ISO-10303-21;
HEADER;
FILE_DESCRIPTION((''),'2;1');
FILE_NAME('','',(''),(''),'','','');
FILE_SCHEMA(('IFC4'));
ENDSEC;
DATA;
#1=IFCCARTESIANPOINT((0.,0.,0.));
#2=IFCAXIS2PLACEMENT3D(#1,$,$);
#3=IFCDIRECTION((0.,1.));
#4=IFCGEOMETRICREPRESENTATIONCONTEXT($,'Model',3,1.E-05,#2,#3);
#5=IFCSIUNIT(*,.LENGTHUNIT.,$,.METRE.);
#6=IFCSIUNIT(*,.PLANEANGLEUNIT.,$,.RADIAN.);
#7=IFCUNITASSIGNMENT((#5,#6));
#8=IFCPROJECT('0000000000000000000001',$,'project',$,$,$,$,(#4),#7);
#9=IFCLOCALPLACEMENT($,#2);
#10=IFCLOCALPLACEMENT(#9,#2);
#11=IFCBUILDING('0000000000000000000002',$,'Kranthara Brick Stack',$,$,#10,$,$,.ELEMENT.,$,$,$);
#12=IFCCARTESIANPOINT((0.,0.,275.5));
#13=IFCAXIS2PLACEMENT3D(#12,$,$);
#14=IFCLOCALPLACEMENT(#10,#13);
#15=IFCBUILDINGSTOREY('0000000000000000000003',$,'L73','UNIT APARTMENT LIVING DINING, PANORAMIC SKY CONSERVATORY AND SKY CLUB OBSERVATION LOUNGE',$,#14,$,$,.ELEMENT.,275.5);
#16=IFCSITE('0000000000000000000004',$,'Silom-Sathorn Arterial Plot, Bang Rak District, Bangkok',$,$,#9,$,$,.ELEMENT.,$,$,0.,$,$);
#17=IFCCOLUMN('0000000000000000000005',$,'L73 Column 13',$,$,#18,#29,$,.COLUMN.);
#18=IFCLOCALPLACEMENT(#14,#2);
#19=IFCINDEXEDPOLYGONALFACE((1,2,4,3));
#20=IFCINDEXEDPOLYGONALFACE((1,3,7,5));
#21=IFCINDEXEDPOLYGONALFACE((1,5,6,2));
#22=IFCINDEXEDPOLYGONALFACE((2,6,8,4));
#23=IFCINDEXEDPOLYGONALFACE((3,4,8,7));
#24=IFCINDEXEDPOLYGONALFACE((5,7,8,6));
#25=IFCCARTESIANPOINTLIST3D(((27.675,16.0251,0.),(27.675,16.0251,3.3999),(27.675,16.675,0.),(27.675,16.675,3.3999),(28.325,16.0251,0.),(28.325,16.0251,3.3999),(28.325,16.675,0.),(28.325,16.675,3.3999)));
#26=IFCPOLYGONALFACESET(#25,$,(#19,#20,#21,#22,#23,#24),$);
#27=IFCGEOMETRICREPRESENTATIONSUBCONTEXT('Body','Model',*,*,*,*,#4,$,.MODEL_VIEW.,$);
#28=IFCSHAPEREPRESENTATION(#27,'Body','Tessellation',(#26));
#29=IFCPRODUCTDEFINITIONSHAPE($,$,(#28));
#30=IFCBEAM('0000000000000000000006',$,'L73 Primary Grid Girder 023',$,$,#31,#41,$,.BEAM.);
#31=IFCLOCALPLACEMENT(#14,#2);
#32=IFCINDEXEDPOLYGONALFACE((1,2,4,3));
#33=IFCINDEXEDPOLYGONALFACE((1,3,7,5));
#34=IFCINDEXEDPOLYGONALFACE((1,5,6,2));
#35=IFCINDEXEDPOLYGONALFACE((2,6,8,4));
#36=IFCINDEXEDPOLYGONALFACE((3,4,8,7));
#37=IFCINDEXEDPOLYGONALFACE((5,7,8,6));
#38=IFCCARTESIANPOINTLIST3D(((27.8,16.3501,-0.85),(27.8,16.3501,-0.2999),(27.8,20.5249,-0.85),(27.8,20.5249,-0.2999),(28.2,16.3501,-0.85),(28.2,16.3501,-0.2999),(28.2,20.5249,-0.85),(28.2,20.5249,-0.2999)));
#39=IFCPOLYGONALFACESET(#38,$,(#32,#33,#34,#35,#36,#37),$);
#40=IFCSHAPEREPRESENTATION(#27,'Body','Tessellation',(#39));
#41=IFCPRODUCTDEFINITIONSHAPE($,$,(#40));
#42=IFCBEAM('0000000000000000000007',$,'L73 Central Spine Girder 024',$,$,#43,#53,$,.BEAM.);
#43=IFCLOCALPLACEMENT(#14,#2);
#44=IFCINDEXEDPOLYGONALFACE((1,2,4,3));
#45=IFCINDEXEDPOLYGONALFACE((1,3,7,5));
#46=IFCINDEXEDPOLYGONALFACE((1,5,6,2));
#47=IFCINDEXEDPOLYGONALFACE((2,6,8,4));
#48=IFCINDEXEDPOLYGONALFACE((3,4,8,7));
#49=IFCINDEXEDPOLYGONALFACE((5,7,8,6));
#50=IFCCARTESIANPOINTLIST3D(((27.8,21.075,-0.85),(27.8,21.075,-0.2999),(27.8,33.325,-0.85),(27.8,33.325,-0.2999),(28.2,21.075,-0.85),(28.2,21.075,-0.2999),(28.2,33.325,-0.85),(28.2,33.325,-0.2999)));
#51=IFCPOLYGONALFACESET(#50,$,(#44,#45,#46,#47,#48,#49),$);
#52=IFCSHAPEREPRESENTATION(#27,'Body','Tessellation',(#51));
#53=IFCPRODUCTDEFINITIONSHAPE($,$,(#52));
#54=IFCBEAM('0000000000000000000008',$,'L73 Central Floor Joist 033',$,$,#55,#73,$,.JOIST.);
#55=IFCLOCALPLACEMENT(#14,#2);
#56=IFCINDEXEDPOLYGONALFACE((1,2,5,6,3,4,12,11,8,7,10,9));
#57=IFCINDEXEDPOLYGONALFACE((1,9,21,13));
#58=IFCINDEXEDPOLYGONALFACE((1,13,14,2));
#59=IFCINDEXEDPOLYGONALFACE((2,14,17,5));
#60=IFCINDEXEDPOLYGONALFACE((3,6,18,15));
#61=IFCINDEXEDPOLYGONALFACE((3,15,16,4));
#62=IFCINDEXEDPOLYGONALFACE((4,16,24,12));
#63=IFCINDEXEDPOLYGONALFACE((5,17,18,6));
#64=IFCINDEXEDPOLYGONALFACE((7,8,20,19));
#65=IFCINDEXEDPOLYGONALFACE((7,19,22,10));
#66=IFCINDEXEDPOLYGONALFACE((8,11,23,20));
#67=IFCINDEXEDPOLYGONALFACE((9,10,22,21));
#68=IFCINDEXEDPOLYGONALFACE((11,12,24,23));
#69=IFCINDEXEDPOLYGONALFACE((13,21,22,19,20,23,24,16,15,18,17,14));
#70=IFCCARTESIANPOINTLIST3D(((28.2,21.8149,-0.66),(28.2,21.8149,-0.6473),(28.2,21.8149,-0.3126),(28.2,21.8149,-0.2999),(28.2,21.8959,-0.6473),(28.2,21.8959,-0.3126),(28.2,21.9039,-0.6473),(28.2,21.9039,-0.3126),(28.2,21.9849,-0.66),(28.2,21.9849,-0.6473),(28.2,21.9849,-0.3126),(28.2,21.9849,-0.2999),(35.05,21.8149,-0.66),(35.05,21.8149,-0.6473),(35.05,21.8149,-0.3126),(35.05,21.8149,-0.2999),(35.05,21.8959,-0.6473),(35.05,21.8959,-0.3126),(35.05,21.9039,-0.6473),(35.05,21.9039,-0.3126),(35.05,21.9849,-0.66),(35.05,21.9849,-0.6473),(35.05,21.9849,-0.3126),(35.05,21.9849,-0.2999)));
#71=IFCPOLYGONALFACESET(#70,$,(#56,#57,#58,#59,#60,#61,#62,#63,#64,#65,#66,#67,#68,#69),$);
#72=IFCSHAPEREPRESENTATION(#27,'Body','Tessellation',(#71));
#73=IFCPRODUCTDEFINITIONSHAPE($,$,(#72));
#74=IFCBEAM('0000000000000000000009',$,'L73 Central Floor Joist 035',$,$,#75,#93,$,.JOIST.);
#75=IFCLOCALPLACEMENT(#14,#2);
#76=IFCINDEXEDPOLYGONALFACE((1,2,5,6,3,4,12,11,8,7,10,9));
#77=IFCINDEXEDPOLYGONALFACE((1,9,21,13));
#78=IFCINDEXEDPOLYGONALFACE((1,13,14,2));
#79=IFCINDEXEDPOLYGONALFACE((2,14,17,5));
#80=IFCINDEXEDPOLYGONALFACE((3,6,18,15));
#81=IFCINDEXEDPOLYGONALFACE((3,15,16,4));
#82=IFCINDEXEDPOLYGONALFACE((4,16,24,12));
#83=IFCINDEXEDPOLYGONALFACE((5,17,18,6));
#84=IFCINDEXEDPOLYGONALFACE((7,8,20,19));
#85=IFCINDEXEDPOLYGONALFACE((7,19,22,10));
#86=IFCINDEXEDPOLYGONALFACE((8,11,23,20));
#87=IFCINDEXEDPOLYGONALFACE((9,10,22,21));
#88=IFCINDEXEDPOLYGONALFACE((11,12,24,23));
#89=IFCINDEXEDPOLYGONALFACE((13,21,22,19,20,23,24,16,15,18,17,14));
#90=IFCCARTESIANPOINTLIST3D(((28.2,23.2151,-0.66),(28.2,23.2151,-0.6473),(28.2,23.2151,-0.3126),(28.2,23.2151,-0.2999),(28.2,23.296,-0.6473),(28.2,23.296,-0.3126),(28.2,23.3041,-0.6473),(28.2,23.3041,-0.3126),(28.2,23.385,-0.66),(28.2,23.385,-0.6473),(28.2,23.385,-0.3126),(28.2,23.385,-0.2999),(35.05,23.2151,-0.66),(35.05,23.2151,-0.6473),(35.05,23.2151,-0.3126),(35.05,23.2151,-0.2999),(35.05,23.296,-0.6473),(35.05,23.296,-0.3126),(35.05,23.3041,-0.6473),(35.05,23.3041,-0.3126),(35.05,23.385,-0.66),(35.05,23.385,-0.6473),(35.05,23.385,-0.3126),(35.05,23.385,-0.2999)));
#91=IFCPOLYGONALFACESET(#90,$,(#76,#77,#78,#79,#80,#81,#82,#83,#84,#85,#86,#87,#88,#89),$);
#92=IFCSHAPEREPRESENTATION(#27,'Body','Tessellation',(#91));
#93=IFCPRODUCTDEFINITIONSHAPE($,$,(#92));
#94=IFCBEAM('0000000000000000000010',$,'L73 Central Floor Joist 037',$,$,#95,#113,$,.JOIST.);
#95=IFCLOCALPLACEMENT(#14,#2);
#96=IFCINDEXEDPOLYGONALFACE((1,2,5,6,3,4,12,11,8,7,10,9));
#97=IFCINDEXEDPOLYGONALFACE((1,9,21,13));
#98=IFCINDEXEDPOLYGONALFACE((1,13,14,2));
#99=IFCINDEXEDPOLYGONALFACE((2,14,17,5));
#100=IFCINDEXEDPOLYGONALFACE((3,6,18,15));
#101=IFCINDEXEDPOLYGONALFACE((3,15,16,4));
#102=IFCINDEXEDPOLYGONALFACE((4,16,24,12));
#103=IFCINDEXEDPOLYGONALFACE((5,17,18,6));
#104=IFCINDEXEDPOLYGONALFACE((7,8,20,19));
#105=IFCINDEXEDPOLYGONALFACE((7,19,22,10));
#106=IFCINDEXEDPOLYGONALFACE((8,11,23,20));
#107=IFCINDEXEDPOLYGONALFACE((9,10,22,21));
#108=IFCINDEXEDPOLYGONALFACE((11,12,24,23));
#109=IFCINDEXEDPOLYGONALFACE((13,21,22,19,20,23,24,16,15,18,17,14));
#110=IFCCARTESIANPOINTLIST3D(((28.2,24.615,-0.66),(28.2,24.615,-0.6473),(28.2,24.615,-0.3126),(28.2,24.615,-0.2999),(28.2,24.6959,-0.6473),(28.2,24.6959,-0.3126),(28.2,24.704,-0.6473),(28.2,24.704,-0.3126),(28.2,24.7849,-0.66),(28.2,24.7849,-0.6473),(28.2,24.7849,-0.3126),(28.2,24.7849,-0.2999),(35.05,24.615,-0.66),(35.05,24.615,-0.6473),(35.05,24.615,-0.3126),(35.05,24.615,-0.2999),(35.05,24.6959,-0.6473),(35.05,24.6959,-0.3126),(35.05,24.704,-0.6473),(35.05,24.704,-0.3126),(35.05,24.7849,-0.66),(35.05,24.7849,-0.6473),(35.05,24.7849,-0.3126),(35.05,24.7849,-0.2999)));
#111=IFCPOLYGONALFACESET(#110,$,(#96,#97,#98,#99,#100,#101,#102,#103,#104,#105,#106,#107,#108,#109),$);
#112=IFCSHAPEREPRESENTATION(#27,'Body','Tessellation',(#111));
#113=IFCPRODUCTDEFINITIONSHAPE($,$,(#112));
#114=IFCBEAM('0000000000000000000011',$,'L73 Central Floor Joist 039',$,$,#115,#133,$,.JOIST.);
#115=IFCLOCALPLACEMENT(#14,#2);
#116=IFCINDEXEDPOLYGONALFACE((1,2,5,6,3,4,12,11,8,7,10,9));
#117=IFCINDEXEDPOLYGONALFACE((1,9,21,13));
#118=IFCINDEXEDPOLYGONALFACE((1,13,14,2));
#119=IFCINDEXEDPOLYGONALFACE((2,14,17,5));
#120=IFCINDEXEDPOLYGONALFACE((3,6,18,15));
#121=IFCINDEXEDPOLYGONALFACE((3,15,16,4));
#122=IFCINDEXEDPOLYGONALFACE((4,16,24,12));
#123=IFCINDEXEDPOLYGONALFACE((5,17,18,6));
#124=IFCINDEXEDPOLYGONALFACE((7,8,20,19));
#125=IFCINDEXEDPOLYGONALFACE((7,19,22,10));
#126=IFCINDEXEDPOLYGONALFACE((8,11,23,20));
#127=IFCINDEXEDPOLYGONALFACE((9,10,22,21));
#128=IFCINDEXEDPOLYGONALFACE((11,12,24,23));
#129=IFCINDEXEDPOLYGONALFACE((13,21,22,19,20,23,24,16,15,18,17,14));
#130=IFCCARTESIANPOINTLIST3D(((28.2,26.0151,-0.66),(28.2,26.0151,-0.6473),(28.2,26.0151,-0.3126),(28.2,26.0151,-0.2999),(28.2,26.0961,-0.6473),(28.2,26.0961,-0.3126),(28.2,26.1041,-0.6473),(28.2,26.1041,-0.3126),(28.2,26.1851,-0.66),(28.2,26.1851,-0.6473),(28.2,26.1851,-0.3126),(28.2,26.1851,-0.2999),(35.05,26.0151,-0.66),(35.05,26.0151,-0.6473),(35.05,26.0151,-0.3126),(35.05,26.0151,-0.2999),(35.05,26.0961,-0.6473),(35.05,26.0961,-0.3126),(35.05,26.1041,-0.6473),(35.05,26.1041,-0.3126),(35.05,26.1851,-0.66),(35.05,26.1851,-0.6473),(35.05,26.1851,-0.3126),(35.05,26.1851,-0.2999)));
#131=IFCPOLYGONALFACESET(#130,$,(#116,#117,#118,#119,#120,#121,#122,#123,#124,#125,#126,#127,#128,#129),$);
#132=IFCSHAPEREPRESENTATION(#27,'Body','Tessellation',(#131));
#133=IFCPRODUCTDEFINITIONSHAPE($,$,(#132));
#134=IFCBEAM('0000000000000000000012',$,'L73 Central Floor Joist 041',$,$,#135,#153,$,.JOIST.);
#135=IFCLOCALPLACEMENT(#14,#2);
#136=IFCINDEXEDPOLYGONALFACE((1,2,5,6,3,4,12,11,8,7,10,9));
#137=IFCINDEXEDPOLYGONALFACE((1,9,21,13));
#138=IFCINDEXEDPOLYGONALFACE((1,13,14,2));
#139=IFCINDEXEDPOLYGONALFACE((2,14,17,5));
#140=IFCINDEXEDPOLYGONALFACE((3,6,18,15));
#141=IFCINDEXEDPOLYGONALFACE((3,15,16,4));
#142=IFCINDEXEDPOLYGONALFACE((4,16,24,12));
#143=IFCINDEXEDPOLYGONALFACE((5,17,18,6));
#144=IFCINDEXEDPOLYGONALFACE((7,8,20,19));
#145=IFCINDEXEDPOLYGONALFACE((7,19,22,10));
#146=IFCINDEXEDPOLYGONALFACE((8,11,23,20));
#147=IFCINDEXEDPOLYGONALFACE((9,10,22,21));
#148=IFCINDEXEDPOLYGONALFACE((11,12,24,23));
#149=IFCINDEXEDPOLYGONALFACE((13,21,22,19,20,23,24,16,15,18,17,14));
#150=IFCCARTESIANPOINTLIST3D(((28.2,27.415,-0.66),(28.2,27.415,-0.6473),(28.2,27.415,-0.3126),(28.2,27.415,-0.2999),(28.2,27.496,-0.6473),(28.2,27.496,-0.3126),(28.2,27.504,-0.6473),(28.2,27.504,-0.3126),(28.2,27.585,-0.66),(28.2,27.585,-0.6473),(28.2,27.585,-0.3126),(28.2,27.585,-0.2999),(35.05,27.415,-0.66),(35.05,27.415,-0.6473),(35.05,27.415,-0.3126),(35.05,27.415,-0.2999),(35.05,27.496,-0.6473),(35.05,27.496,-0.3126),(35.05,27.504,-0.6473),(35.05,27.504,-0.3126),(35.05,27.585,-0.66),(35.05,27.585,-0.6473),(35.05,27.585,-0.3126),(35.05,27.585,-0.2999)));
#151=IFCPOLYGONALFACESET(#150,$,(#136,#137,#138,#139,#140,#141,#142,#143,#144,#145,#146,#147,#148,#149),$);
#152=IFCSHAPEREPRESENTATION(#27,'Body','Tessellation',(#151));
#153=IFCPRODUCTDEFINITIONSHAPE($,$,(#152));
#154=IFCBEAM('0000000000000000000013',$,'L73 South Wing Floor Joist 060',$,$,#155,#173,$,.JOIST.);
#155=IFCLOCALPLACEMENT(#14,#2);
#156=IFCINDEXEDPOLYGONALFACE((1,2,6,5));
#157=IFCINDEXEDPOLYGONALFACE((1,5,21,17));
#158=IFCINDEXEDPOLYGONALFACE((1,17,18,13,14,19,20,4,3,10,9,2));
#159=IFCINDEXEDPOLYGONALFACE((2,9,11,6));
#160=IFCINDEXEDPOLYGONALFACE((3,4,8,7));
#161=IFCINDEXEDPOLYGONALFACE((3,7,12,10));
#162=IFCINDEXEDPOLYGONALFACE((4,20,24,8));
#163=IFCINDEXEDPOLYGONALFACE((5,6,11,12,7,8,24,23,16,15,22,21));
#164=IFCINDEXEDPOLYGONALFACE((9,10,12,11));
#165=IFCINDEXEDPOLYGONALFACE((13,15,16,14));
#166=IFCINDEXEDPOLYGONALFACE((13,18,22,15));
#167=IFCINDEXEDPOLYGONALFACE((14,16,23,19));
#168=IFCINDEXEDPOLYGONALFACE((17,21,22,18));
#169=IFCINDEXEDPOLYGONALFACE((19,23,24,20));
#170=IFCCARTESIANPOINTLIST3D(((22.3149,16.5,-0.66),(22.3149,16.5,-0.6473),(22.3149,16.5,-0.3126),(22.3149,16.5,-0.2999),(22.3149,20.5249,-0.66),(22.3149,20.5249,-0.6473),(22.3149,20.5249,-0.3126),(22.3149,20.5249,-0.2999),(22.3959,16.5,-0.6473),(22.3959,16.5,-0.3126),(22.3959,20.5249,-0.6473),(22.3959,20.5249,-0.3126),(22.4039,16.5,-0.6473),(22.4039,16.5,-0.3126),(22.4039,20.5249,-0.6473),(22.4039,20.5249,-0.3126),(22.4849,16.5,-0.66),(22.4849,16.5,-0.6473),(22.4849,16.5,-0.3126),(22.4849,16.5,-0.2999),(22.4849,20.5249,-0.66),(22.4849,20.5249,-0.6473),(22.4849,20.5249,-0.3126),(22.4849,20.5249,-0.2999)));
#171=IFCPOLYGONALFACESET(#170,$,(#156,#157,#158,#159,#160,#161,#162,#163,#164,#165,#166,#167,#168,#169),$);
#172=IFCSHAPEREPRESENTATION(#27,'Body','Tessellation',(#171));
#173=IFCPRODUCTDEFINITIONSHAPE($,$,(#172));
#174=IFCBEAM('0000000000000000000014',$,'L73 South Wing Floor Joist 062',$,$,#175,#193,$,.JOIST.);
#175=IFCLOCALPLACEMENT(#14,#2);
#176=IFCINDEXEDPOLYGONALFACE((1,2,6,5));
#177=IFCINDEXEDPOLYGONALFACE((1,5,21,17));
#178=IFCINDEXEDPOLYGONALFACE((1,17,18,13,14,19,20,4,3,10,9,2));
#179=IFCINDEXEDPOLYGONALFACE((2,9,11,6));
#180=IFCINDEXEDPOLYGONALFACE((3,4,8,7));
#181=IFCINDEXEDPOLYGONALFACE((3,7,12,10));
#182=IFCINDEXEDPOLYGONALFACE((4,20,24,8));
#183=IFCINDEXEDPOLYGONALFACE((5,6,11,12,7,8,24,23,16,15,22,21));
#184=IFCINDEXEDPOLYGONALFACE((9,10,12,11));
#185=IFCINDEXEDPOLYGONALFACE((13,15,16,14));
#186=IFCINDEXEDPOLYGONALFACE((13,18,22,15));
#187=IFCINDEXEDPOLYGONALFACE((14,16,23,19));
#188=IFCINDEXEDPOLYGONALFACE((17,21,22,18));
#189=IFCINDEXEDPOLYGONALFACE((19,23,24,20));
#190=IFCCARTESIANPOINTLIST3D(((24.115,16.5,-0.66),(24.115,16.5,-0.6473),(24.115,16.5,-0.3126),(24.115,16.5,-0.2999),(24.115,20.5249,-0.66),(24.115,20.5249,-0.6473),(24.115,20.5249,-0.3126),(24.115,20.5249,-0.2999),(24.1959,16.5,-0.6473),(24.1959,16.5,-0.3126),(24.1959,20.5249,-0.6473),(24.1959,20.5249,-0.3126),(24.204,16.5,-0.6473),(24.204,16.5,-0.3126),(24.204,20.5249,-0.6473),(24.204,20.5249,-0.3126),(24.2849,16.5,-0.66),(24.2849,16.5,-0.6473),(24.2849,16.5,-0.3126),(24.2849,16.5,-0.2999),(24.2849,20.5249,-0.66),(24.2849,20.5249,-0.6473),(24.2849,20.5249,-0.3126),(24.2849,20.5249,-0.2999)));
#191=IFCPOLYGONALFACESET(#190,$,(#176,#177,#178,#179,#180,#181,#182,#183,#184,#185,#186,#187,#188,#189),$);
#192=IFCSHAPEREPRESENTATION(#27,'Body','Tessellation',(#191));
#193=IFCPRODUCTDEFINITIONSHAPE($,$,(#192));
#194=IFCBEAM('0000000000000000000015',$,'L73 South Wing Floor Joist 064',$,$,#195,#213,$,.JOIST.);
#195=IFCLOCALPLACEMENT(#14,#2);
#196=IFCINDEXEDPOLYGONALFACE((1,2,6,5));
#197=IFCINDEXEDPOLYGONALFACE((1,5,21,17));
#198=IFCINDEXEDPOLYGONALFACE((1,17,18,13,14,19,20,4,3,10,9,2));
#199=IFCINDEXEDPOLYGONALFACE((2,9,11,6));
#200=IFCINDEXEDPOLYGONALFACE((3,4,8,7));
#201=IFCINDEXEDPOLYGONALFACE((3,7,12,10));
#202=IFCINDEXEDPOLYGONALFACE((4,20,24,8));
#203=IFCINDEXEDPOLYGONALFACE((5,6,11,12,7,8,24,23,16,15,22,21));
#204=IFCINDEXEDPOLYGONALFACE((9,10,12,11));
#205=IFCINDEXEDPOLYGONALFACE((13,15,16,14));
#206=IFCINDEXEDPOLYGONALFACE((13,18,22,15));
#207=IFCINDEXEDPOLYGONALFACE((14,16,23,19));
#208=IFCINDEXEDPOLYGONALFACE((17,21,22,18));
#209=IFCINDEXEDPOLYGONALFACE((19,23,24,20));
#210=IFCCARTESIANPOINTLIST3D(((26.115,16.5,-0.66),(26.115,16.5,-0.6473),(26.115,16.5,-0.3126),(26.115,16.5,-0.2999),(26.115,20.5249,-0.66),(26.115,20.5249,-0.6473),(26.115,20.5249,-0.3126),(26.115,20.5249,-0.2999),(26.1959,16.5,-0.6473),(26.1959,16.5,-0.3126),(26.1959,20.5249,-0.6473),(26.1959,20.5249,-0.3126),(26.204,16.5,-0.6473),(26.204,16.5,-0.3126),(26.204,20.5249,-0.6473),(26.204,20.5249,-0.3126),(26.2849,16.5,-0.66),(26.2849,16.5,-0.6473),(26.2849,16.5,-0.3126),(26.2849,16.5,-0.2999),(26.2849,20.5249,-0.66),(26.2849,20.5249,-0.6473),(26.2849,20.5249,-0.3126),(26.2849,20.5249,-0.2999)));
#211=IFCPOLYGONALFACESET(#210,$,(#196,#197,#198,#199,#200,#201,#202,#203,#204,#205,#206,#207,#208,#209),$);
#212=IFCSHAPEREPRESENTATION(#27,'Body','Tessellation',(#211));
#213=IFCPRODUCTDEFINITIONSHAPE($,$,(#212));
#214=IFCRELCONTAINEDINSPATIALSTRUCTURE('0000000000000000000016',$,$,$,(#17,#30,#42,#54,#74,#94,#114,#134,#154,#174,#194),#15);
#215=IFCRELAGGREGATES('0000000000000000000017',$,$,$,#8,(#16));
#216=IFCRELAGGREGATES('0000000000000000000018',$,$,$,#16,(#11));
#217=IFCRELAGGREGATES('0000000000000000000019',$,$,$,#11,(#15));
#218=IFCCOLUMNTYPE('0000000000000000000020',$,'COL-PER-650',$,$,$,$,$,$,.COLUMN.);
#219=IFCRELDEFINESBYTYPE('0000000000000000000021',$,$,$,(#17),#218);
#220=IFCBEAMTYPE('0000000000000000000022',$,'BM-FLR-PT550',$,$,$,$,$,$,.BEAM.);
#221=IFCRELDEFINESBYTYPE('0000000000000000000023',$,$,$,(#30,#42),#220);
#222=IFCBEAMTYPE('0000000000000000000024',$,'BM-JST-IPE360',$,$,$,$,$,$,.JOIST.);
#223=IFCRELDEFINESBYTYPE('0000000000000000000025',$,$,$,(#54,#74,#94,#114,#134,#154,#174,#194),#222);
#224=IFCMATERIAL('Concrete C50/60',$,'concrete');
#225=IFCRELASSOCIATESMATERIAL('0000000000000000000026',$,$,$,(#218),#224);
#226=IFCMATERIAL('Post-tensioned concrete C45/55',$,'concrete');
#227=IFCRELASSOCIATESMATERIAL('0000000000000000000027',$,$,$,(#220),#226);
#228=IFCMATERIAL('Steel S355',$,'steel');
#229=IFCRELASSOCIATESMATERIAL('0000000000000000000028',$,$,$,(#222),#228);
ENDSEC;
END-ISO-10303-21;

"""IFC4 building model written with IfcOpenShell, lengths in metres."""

from ifc_helpers import new_model, si_unit, direction, frame, origin, origin_2d, place, context, subcontext, project, spatial, rectangle, i_section, extrude, material, material_profile, profile_set, type_object, element, save


model = new_model("IFC4")

# Units and contexts
model_context = context("Model", 3, precision=1e-05, world=origin(), true_north=direction((0.0, 1.0)))
body_context = subcontext(model_context, "Body", "Model", "MODEL_VIEW")
ifc_project = project(units=[si_unit("LENGTHUNIT", "METRE"), si_unit("PLANEANGLEUNIT", "RADIAN")], contexts=[model_context])

# Site, building, storey
site_placement = place(None, origin())
site = spatial("IfcSite", under=ifc_project, at=site_placement, Name="Silom-Sathorn Arterial Plot, Bang Rak District, Bangkok", CompositionType="ELEMENT", RefElevation=0.0)
building_placement = place(site_placement, origin())
building = spatial("IfcBuilding", under=site, at=building_placement, Name="Kranthara Brick Stack", CompositionType="ELEMENT")
storey_placement = place(building_placement, frame((0.0, 0.0, 275.5)))
storey = spatial("IfcBuildingStorey", under=building, at=storey_placement, Name="L73", Description="UNIT APARTMENT LIVING DINING, PANORAMIC SKY CONSERVATORY AND SKY CLUB OBSERVATION LOUNGE", CompositionType="ELEMENT", Elevation=275.5)

# Column
ifc_material_1 = material(Name="Concrete C50/60", Category="concrete")
ifc_material_profile_1 = material_profile(ifc_material_1, rectangle(XDim=0.6499, YDim=0.6499, at=origin_2d()), Name="RC 650x650")
ifc_profile_set_1 = profile_set([ifc_material_profile_1], Name="Concrete C50/60")
column_type = type_object("IfcColumnType", Name="COL-PER-650", PredefinedType="COLUMN", material=ifc_profile_set_1)
column_placement = place(storey_placement, frame((28.0, 16.3501, 0.0), z_axis=(0.0, 0.0, 1.0), x_axis=(1.0, 0.0, 0.0)))
element("IfcColumn", 1, at=column_placement, inside=storey, type_object=column_type, Name="L73 Column 13", PredefinedType="COLUMN", context=body_context, shape_type="SweptSolid", body=[
    extrude(rectangle(XDim=0.6499, YDim=0.6499, at=origin_2d()), origin(), (0.0, 0.0, 1.0), 3.3999),
])

# Beams
ifc_material_2 = material(Name="Post-tensioned concrete C45/55", Category="concrete")
ifc_material_profile_2 = material_profile(ifc_material_2, rectangle(XDim=0.3999, YDim=0.55, at=origin_2d()), Name="PT 400x550")
ifc_profile_set_2 = profile_set([ifc_material_profile_2], Name="Post-tensioned concrete C45/55")
beam_type_1 = type_object("IfcBeamType", Name="BM-FLR-PT550", PredefinedType="BEAM", material=ifc_profile_set_2)
beam_1_placement = place(storey_placement, frame((28.0, 16.3501, -0.575), z_axis=(0.0, 1.0, 0.0), x_axis=(-1.0, 0.0, 0.0)))
element("IfcBeam", 2, at=beam_1_placement, inside=storey, type_object=beam_type_1, Name="L73 Primary Grid Girder 023", PredefinedType="BEAM", context=body_context, shape_type="SweptSolid", body=[
    extrude(rectangle(XDim=0.3999, YDim=0.55, at=origin_2d()), origin(), (0.0, 0.0, 1.0), 4.1748),
])
beam_2_placement = place(storey_placement, frame((28.0, 21.075, -0.575), z_axis=(0.0, 1.0, 0.0), x_axis=(-1.0, 0.0, 0.0)))
element("IfcBeam", 3, at=beam_2_placement, inside=storey, type_object=beam_type_1, Name="L73 Central Spine Girder 024", PredefinedType="BEAM", context=body_context, shape_type="SweptSolid", body=[
    extrude(rectangle(XDim=0.3999, YDim=0.55, at=origin_2d()), origin(), (0.0, 0.0, 1.0), 12.25),
])
ifc_material_3 = material(Name="Steel S355", Category="steel")
ifc_material_profile_3 = material_profile(ifc_material_3, i_section(OverallWidth=0.1699, OverallDepth=0.3601, WebThickness=0.0081, FlangeThickness=0.0127, at=origin_2d()), Name="IPE 360")
ifc_profile_set_3 = profile_set([ifc_material_profile_3], Name="Steel S355")
beam_type_2 = type_object("IfcBeamType", Name="BM-JST-IPE360", PredefinedType="JOIST", material=ifc_profile_set_3)
for number, where, z_axis, x_axis, name in (
    (4, (28.2, 21.8999, -0.48), (1.0, 0.0, 0.0), (0.0, 1.0, 0.0), "L73 Central Floor Joist 033"),
    (5, (28.2, 23.3, -0.48), (1.0, 0.0, 0.0), (0.0, 1.0, 0.0), "L73 Central Floor Joist 035"),
    (6, (28.2, 24.7, -0.48), (1.0, 0.0, 0.0), (0.0, 1.0, 0.0), "L73 Central Floor Joist 037"),
    (7, (28.2, 26.1001, -0.48), (1.0, 0.0, 0.0), (0.0, 1.0, 0.0), "L73 Central Floor Joist 039"),
    (8, (28.2, 27.5, -0.48), (1.0, 0.0, 0.0), (0.0, 1.0, 0.0), "L73 Central Floor Joist 041"),
):
    element("IfcBeam", number, at=place(storey_placement, frame(where, z_axis=z_axis, x_axis=x_axis)), inside=storey, type_object=beam_type_2, Name=name, PredefinedType="JOIST", context=body_context, shape_type="SweptSolid", body=[
        extrude(i_section(OverallWidth=0.1699, OverallDepth=0.3601, WebThickness=0.0081, FlangeThickness=0.0127, at=origin_2d()), origin(), (0.0, 0.0, 1.0), 6.8501),
    ])
for number, where, z_axis, x_axis, name in (
    (9, (22.3999, 16.5, -0.48), (0.0, 1.0, 0.0), (-1.0, 0.0, 0.0), "L73 South Wing Floor Joist 060"),
    (10, (24.2, 16.5, -0.48), (0.0, 1.0, 0.0), (-1.0, 0.0, 0.0), "L73 South Wing Floor Joist 062"),
    (11, (26.2, 16.5, -0.48), (0.0, 1.0, 0.0), (-1.0, 0.0, 0.0), "L73 South Wing Floor Joist 064"),
):
    element("IfcBeam", number, at=place(storey_placement, frame(where, z_axis=z_axis, x_axis=x_axis)), inside=storey, type_object=beam_type_2, Name=name, PredefinedType="JOIST", context=body_context, shape_type="SweptSolid", body=[
        extrude(i_section(OverallWidth=0.1699, OverallDepth=0.3601, WebThickness=0.0081, FlangeThickness=0.0127, at=origin_2d()), origin(), (0.0, 0.0, 1.0), 4.0249),
    ])

save(model, "model.ifc")
